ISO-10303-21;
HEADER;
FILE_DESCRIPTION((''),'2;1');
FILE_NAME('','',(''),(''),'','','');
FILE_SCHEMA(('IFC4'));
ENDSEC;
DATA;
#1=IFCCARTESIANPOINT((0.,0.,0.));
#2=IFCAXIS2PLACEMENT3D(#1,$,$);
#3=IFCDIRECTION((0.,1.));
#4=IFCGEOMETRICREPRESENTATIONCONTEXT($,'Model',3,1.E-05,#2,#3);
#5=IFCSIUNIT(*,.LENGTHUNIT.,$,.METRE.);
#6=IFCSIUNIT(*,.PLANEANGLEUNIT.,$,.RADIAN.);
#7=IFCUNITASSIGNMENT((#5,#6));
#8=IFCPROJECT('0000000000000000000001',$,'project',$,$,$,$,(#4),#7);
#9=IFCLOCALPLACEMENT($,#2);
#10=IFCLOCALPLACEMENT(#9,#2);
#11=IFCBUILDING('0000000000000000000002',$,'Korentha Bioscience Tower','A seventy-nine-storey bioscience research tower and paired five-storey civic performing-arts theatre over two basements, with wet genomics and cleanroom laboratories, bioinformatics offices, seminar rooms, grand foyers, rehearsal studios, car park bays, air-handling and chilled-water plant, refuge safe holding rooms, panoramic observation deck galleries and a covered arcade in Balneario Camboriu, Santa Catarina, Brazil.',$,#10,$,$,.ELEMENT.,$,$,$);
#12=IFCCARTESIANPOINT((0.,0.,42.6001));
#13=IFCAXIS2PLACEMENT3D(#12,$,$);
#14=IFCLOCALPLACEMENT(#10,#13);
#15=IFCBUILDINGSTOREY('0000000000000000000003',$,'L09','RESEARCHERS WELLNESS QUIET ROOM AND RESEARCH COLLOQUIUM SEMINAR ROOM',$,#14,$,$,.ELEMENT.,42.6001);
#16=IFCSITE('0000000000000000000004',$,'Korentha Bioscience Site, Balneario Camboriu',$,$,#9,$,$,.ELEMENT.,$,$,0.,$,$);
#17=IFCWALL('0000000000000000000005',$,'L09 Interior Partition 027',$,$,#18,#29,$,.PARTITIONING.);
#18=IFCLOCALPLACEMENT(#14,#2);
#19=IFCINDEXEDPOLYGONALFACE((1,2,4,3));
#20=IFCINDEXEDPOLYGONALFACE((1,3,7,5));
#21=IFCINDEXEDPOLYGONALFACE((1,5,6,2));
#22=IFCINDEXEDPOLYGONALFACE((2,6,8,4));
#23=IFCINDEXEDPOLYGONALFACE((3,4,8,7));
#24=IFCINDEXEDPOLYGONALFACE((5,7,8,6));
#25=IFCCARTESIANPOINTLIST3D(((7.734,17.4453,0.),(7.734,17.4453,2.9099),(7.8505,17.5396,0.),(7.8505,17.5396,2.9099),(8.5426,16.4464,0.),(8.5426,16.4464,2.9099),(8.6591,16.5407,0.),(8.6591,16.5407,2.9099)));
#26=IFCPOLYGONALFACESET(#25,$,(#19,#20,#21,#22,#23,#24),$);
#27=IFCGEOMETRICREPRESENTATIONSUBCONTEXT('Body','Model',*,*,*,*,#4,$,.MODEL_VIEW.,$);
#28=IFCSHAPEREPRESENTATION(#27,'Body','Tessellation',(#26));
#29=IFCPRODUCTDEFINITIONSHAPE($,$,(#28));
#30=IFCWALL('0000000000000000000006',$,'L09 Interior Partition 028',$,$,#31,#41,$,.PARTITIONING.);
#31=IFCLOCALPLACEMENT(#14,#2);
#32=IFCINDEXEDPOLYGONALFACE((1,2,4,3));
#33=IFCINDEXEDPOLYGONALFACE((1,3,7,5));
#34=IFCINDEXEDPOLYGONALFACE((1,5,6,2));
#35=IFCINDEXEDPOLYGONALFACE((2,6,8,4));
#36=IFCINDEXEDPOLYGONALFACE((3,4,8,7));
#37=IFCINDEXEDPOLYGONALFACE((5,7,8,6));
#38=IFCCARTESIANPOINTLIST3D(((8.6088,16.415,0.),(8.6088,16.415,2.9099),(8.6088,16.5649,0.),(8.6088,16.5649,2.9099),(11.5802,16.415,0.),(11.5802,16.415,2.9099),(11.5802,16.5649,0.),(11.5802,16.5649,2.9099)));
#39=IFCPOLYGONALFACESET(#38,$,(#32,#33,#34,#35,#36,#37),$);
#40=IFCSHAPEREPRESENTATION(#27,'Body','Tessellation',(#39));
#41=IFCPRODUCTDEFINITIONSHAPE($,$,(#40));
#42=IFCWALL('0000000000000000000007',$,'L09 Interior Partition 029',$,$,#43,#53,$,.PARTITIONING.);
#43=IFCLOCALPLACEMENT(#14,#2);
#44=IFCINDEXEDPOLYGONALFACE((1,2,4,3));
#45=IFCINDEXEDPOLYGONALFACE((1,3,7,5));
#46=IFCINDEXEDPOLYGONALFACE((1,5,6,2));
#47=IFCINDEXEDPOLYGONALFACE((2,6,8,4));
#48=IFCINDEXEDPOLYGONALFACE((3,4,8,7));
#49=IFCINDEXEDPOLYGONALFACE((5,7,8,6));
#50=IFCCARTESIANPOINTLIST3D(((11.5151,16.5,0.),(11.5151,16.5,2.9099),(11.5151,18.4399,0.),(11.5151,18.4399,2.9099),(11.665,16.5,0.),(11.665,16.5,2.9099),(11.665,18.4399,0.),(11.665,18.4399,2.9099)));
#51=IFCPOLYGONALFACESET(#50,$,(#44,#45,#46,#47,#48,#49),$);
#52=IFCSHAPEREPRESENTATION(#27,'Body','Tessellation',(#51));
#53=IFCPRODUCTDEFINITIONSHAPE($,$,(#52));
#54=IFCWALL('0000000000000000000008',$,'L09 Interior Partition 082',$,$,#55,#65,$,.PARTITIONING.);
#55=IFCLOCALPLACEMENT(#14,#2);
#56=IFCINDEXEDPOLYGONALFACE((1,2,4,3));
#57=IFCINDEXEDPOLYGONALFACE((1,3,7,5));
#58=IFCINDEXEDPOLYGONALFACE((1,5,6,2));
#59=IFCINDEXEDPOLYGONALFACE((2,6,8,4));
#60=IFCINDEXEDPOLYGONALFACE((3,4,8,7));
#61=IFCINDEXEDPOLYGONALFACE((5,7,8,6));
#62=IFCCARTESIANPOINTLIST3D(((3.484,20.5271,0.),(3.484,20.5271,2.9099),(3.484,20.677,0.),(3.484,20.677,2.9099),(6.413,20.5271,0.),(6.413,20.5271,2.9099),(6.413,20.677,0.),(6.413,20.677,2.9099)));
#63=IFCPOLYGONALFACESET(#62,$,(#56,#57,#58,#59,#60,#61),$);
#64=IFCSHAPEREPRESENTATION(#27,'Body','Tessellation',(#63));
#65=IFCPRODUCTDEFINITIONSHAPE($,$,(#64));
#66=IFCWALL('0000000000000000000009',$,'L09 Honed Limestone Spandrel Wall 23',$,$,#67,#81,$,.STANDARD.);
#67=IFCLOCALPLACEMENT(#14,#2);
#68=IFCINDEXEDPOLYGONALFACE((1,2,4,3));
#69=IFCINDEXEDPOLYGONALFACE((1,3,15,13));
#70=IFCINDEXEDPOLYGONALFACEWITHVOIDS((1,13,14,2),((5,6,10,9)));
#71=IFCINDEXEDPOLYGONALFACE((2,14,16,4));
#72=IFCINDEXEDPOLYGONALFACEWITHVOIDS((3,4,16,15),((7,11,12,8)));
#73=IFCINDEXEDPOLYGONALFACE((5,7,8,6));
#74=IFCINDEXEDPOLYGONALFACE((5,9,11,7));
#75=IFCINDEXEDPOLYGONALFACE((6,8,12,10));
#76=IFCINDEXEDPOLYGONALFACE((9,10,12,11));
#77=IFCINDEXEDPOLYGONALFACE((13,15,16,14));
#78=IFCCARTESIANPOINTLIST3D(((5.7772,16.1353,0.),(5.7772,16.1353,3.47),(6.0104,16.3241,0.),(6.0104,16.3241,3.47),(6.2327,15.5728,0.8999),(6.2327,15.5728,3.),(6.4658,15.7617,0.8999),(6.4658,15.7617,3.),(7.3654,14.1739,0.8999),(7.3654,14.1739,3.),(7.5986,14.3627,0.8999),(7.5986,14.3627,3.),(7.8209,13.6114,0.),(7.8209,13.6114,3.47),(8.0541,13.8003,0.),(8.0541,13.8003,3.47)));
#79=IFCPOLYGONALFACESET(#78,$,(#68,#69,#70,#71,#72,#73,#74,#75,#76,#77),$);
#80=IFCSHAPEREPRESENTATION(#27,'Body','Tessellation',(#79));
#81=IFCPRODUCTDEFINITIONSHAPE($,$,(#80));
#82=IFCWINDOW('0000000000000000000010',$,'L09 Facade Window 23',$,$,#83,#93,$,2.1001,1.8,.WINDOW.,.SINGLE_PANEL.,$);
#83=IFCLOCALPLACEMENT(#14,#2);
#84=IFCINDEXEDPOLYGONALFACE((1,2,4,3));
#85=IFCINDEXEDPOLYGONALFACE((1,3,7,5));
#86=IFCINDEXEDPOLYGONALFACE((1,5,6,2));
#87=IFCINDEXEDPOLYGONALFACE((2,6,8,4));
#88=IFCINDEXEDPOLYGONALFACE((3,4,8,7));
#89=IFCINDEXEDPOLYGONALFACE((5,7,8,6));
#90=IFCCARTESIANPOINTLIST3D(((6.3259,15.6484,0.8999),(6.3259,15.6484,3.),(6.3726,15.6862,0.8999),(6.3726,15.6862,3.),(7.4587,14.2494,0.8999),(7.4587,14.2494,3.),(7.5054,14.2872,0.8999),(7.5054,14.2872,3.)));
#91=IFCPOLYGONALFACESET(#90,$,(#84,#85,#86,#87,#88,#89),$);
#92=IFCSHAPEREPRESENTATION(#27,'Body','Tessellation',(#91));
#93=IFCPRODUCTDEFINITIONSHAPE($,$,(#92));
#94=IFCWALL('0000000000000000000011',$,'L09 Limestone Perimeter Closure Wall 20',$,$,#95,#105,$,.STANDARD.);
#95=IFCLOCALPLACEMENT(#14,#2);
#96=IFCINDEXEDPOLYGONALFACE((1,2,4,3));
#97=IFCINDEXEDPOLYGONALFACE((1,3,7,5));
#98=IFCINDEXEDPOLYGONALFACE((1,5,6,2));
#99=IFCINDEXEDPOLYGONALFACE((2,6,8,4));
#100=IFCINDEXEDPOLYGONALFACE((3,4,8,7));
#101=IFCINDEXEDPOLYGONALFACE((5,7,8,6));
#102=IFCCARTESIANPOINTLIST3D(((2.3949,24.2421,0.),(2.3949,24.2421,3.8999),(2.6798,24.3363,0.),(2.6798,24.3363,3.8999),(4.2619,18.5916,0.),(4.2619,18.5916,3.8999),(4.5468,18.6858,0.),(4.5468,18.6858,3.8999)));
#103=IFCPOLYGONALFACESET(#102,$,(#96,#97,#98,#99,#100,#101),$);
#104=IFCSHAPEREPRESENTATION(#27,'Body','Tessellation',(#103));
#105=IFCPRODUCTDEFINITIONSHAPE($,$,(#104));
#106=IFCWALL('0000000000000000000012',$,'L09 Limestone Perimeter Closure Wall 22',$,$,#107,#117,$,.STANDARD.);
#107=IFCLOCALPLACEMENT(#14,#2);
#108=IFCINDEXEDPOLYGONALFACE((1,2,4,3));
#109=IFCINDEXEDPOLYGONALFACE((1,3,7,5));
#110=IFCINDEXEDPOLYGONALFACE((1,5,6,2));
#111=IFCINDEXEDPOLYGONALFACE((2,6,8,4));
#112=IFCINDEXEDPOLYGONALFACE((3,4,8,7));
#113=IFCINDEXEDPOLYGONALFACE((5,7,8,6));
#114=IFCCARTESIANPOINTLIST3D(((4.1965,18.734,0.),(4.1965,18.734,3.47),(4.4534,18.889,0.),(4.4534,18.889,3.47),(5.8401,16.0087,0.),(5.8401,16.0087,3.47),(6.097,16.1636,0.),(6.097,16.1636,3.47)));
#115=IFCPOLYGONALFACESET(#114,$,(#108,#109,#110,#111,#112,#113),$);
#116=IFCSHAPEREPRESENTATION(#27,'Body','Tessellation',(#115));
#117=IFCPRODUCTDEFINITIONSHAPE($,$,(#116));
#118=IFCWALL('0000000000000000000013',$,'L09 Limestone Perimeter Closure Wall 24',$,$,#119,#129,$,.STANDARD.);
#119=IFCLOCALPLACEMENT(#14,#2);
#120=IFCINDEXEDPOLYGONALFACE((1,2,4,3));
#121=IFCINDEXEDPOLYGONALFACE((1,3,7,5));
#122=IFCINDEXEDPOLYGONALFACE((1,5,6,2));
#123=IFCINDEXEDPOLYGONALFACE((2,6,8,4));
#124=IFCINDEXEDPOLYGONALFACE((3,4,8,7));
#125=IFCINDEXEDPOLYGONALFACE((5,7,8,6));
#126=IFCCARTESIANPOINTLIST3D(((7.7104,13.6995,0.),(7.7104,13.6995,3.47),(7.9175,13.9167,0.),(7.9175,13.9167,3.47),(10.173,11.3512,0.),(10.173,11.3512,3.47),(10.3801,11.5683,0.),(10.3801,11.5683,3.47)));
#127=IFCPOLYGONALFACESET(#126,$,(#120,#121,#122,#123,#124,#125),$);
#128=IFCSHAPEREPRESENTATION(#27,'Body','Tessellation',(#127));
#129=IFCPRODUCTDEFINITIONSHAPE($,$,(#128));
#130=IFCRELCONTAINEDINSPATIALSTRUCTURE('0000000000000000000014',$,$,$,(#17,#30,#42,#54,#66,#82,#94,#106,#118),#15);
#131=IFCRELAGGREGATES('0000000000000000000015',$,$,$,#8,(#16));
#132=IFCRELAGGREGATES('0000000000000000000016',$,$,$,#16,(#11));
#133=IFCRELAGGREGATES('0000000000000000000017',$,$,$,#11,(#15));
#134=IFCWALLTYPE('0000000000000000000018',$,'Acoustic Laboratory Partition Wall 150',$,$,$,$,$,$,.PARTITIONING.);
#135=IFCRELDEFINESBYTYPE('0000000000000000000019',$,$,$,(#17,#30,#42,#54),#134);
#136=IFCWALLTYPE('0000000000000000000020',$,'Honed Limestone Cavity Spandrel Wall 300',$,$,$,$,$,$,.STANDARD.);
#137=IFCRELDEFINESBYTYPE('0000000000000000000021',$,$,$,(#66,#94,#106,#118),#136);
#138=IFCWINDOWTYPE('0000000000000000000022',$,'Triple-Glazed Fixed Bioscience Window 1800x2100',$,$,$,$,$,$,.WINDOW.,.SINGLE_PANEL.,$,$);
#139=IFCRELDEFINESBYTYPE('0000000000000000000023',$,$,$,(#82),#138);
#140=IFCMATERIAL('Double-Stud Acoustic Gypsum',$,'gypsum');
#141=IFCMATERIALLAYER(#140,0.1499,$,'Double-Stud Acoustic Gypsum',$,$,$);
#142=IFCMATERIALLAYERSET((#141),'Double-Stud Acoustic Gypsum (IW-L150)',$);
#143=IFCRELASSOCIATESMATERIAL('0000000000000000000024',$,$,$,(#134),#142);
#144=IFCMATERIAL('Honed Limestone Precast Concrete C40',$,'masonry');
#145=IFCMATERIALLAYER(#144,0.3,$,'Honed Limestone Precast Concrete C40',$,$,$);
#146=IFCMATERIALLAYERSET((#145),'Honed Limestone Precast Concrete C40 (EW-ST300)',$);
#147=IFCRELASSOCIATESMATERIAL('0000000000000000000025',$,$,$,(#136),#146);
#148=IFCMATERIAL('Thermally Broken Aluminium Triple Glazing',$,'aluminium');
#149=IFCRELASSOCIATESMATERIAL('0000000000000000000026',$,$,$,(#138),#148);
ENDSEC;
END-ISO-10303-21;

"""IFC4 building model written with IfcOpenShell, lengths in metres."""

from ifc_helpers import new_model, si_unit, direction, frame, frame_2d, origin, place, context, subcontext, project, spatial, rectangle, extrude, material, layer, layer_set, type_object, element, fill, save


model = new_model("IFC4")

# Units and contexts
model_context = context("Model", 3, precision=1e-05, world=origin(), true_north=direction((0.0, 1.0)))
body_context = subcontext(model_context, "Body", "Model", "MODEL_VIEW")
ifc_project = project(units=[si_unit("LENGTHUNIT", "METRE"), si_unit("PLANEANGLEUNIT", "RADIAN")], contexts=[model_context])

# Site, building, storey
site_placement = place(None, origin())
site = spatial("IfcSite", under=ifc_project, at=site_placement, Name="Korentha Bioscience Site, Balneario Camboriu", CompositionType="ELEMENT", RefElevation=0.0)
building_placement = place(site_placement, origin())
building = spatial("IfcBuilding", under=site, at=building_placement, Name="Korentha Bioscience Tower", Description="A seventy-nine-storey bioscience research tower and paired five-storey civic performing-arts theatre over two basements, with wet genomics and cleanroom laboratories, bioinformatics offices, seminar rooms, grand foyers, rehearsal studios, car park bays, air-handling and chilled-water plant, refuge safe holding rooms, panoramic observation deck galleries and a covered arcade in Balneario Camboriu, Santa Catarina, Brazil.", CompositionType="ELEMENT")
storey_placement = place(building_placement, frame((0.0, 0.0, 42.6001)))
storey = spatial("IfcBuildingStorey", under=building, at=storey_placement, Name="L09", Description="RESEARCHERS WELLNESS QUIET ROOM AND RESEARCH COLLOQUIUM SEMINAR ROOM", CompositionType="ELEMENT", Elevation=42.6001)

# Shared definitions
ifc_material_1 = material(Name="Double-Stud Acoustic Gypsum", Category="gypsum")
ifc_layer_1 = layer(ifc_material_1, 0.1499, Name="Double-Stud Acoustic Gypsum")
ifc_layer_set_1 = layer_set([ifc_layer_1], Name="Double-Stud Acoustic Gypsum (IW-L150)")
wall_type_1 = type_object("IfcWallType", Name="Acoustic Laboratory Partition Wall 150", PredefinedType="PARTITIONING", material=ifc_layer_set_1)

# Walls
wall_1_placement = place(storey_placement, frame((7.7922, 17.4924, 0.0), z_axis=(0.0, 0.0, 1.0), x_axis=(0.629226, -0.777223, 0.0)))
element("IfcWall", 1, at=wall_1_placement, inside=storey, type_object=wall_type_1, Name="L09 Interior Partition 027", PredefinedType="PARTITIONING", context=body_context, shape_type="SweptSolid", body=[
    extrude(rectangle(XDim=1.2852, YDim=0.1499, at=frame_2d((0.6426, 0.0))), origin(), (0.0, 0.0, 1.0), 2.9099),
])
wall_2_placement = place(storey_placement, frame((8.6086, 16.49, 0.0), z_axis=(0.0, 0.0, 1.0), x_axis=(1.0, 0.0, 0.0)))
element("IfcWall", 2, at=wall_2_placement, inside=storey, type_object=wall_type_1, Name="L09 Interior Partition 028", PredefinedType="PARTITIONING", context=body_context, shape_type="SweptSolid", body=[
    extrude(rectangle(XDim=2.9714, YDim=0.1499, at=frame_2d((1.4858, 0.0))), origin(), (0.0, 0.0, 1.0), 2.9099),
])
wall_3_placement = place(storey_placement, frame((11.5901, 16.5, 0.0), z_axis=(0.0, 0.0, 1.0), x_axis=(0.0, 1.0, 0.0)))
element("IfcWall", 3, at=wall_3_placement, inside=storey, type_object=wall_type_1, Name="L09 Interior Partition 029", PredefinedType="PARTITIONING", context=body_context, shape_type="SweptSolid", body=[
    extrude(rectangle(XDim=1.9399, YDim=0.1499, at=frame_2d((0.97, 0.0))), origin(), (0.0, 0.0, 1.0), 2.9099),
])
wall_4_placement = place(storey_placement, frame((6.4128, 20.6021, 0.0), z_axis=(0.0, 0.0, 1.0), x_axis=(-1.0, 0.0, 0.0)))
element("IfcWall", 4, at=wall_4_placement, inside=storey, type_object=wall_type_1, Name="L09 Interior Partition 082", PredefinedType="PARTITIONING", context=body_context, shape_type="SweptSolid", body=[
    extrude(rectangle(XDim=2.929, YDim=0.1499, at=frame_2d((1.4644, 0.0))), origin(), (0.0, 0.0, 1.0), 2.9099),
])

# Wall, opening, window
ifc_material_2 = material(Name="Honed Limestone Precast Concrete C40", Category="masonry")
ifc_layer_2 = layer(ifc_material_2, 0.3, Name="Honed Limestone Precast Concrete C40")
ifc_layer_set_2 = layer_set([ifc_layer_2], Name="Honed Limestone Precast Concrete C40 (EW-ST300)")
wall_type_2 = type_object("IfcWallType", Name="Honed Limestone Cavity Spandrel Wall 300", PredefinedType="STANDARD", material=ifc_layer_set_2)
wall_5_placement = place(storey_placement, frame((5.8938, 16.2297, 0.0), z_axis=(0.0, 0.0, 1.0), x_axis=(0.629296, -0.777166, 0.0)))
wall_5 = element("IfcWall", 5, at=wall_5_placement, inside=storey, type_object=wall_type_2, Name="L09 Honed Limestone Spandrel Wall 23", PredefinedType="STANDARD", context=body_context, shape_type="SweptSolid", body=[
    extrude(rectangle(XDim=3.2476, YDim=0.3, at=frame_2d((1.6238, 0.0))), origin(), (0.0, 0.0, 1.0), 3.47),
])
opening_1_placement = place(wall_5_placement, frame((0.7239, 0.0, 0.8999)))
opening_1 = element("IfcOpeningElement", 6, at=opening_1_placement, cuts=wall_5, PredefinedType="OPENING", context=body_context, shape_type="SweptSolid", body=[
    extrude(rectangle(XDim=1.8, YDim=2.1001, at=frame_2d((0.8999, 1.05))), frame((0.0, 0.165, 0.0), z_axis=(0.0, -1.0, 0.0), x_axis=(1.0, 0.0, 0.0)), (0.0, 0.0, 1.0), 0.3298),
])
ifc_material_3 = material(Name="Thermally Broken Aluminium Triple Glazing", Category="aluminium")
window_type = type_object("IfcWindowType", Name="Triple-Glazed Fixed Bioscience Window 1800x2100", PartitioningType="SINGLE_PANEL", PredefinedType="WINDOW", material=ifc_material_3)
window_placement = place(opening_1_placement, origin())
window = element("IfcWindow", 7, at=window_placement, inside=storey, type_object=window_type, Name="L09 Facade Window 23", OverallHeight=2.1001, OverallWidth=1.8, PartitioningType="SINGLE_PANEL", PredefinedType="WINDOW", context=body_context, shape_type="SweptSolid", body=[
    extrude(rectangle(XDim=1.8, YDim=2.1001, at=frame_2d((0.8999, 1.05))), frame((0.0, 0.03, 0.0), z_axis=(0.0, -1.0, 0.0), x_axis=(1.0, 0.0, 0.0)), (0.0, 0.0, 1.0), 0.0601),
])
fill(opening_1, window)

# Walls
wall_6_placement = place(storey_placement, frame((2.5374, 24.2893, 0.0), z_axis=(0.0, 0.0, 1.0), x_axis=(0.313728, -0.949513, 0.0)))
element("IfcWall", 8, at=wall_6_placement, inside=storey, type_object=wall_type_2, Name="L09 Limestone Perimeter Closure Wall 20", PredefinedType="STANDARD", context=body_context, shape_type="SweptSolid", body=[
    extrude(rectangle(XDim=5.9509, YDim=0.3, at=frame_2d((2.9756, 0.0))), origin(), (0.0, 0.0, 1.0), 3.8999),
])
wall_7_placement = place(storey_placement, frame((4.325, 18.8115, 0.0), z_axis=(0.0, 0.0, 1.0), x_axis=(0.516424, -0.856333, 0.0)))
element("IfcWall", 9, at=wall_7_placement, inside=storey, type_object=wall_type_2, Name="L09 Limestone Perimeter Closure Wall 22", PredefinedType="STANDARD", context=body_context, shape_type="SweptSolid", body=[
    extrude(rectangle(XDim=3.1826, YDim=0.3, at=frame_2d((1.5913, 0.0))), origin(), (0.0, 0.0, 1.0), 3.47),
])
wall_8_placement = place(storey_placement, frame((7.814, 13.8081, 0.0), z_axis=(0.0, 0.0, 1.0), x_axis=(0.723696, -0.690119, 0.0)))
element("IfcWall", 10, at=wall_8_placement, inside=storey, type_object=wall_type_2, Name="L09 Limestone Perimeter Closure Wall 24", PredefinedType="STANDARD", context=body_context, shape_type="SweptSolid", body=[
    extrude(rectangle(XDim=3.4028, YDim=0.3, at=frame_2d((1.7014, 0.0))), origin(), (0.0, 0.0, 1.0), 3.47),
])

save(model, "model.ifc")
